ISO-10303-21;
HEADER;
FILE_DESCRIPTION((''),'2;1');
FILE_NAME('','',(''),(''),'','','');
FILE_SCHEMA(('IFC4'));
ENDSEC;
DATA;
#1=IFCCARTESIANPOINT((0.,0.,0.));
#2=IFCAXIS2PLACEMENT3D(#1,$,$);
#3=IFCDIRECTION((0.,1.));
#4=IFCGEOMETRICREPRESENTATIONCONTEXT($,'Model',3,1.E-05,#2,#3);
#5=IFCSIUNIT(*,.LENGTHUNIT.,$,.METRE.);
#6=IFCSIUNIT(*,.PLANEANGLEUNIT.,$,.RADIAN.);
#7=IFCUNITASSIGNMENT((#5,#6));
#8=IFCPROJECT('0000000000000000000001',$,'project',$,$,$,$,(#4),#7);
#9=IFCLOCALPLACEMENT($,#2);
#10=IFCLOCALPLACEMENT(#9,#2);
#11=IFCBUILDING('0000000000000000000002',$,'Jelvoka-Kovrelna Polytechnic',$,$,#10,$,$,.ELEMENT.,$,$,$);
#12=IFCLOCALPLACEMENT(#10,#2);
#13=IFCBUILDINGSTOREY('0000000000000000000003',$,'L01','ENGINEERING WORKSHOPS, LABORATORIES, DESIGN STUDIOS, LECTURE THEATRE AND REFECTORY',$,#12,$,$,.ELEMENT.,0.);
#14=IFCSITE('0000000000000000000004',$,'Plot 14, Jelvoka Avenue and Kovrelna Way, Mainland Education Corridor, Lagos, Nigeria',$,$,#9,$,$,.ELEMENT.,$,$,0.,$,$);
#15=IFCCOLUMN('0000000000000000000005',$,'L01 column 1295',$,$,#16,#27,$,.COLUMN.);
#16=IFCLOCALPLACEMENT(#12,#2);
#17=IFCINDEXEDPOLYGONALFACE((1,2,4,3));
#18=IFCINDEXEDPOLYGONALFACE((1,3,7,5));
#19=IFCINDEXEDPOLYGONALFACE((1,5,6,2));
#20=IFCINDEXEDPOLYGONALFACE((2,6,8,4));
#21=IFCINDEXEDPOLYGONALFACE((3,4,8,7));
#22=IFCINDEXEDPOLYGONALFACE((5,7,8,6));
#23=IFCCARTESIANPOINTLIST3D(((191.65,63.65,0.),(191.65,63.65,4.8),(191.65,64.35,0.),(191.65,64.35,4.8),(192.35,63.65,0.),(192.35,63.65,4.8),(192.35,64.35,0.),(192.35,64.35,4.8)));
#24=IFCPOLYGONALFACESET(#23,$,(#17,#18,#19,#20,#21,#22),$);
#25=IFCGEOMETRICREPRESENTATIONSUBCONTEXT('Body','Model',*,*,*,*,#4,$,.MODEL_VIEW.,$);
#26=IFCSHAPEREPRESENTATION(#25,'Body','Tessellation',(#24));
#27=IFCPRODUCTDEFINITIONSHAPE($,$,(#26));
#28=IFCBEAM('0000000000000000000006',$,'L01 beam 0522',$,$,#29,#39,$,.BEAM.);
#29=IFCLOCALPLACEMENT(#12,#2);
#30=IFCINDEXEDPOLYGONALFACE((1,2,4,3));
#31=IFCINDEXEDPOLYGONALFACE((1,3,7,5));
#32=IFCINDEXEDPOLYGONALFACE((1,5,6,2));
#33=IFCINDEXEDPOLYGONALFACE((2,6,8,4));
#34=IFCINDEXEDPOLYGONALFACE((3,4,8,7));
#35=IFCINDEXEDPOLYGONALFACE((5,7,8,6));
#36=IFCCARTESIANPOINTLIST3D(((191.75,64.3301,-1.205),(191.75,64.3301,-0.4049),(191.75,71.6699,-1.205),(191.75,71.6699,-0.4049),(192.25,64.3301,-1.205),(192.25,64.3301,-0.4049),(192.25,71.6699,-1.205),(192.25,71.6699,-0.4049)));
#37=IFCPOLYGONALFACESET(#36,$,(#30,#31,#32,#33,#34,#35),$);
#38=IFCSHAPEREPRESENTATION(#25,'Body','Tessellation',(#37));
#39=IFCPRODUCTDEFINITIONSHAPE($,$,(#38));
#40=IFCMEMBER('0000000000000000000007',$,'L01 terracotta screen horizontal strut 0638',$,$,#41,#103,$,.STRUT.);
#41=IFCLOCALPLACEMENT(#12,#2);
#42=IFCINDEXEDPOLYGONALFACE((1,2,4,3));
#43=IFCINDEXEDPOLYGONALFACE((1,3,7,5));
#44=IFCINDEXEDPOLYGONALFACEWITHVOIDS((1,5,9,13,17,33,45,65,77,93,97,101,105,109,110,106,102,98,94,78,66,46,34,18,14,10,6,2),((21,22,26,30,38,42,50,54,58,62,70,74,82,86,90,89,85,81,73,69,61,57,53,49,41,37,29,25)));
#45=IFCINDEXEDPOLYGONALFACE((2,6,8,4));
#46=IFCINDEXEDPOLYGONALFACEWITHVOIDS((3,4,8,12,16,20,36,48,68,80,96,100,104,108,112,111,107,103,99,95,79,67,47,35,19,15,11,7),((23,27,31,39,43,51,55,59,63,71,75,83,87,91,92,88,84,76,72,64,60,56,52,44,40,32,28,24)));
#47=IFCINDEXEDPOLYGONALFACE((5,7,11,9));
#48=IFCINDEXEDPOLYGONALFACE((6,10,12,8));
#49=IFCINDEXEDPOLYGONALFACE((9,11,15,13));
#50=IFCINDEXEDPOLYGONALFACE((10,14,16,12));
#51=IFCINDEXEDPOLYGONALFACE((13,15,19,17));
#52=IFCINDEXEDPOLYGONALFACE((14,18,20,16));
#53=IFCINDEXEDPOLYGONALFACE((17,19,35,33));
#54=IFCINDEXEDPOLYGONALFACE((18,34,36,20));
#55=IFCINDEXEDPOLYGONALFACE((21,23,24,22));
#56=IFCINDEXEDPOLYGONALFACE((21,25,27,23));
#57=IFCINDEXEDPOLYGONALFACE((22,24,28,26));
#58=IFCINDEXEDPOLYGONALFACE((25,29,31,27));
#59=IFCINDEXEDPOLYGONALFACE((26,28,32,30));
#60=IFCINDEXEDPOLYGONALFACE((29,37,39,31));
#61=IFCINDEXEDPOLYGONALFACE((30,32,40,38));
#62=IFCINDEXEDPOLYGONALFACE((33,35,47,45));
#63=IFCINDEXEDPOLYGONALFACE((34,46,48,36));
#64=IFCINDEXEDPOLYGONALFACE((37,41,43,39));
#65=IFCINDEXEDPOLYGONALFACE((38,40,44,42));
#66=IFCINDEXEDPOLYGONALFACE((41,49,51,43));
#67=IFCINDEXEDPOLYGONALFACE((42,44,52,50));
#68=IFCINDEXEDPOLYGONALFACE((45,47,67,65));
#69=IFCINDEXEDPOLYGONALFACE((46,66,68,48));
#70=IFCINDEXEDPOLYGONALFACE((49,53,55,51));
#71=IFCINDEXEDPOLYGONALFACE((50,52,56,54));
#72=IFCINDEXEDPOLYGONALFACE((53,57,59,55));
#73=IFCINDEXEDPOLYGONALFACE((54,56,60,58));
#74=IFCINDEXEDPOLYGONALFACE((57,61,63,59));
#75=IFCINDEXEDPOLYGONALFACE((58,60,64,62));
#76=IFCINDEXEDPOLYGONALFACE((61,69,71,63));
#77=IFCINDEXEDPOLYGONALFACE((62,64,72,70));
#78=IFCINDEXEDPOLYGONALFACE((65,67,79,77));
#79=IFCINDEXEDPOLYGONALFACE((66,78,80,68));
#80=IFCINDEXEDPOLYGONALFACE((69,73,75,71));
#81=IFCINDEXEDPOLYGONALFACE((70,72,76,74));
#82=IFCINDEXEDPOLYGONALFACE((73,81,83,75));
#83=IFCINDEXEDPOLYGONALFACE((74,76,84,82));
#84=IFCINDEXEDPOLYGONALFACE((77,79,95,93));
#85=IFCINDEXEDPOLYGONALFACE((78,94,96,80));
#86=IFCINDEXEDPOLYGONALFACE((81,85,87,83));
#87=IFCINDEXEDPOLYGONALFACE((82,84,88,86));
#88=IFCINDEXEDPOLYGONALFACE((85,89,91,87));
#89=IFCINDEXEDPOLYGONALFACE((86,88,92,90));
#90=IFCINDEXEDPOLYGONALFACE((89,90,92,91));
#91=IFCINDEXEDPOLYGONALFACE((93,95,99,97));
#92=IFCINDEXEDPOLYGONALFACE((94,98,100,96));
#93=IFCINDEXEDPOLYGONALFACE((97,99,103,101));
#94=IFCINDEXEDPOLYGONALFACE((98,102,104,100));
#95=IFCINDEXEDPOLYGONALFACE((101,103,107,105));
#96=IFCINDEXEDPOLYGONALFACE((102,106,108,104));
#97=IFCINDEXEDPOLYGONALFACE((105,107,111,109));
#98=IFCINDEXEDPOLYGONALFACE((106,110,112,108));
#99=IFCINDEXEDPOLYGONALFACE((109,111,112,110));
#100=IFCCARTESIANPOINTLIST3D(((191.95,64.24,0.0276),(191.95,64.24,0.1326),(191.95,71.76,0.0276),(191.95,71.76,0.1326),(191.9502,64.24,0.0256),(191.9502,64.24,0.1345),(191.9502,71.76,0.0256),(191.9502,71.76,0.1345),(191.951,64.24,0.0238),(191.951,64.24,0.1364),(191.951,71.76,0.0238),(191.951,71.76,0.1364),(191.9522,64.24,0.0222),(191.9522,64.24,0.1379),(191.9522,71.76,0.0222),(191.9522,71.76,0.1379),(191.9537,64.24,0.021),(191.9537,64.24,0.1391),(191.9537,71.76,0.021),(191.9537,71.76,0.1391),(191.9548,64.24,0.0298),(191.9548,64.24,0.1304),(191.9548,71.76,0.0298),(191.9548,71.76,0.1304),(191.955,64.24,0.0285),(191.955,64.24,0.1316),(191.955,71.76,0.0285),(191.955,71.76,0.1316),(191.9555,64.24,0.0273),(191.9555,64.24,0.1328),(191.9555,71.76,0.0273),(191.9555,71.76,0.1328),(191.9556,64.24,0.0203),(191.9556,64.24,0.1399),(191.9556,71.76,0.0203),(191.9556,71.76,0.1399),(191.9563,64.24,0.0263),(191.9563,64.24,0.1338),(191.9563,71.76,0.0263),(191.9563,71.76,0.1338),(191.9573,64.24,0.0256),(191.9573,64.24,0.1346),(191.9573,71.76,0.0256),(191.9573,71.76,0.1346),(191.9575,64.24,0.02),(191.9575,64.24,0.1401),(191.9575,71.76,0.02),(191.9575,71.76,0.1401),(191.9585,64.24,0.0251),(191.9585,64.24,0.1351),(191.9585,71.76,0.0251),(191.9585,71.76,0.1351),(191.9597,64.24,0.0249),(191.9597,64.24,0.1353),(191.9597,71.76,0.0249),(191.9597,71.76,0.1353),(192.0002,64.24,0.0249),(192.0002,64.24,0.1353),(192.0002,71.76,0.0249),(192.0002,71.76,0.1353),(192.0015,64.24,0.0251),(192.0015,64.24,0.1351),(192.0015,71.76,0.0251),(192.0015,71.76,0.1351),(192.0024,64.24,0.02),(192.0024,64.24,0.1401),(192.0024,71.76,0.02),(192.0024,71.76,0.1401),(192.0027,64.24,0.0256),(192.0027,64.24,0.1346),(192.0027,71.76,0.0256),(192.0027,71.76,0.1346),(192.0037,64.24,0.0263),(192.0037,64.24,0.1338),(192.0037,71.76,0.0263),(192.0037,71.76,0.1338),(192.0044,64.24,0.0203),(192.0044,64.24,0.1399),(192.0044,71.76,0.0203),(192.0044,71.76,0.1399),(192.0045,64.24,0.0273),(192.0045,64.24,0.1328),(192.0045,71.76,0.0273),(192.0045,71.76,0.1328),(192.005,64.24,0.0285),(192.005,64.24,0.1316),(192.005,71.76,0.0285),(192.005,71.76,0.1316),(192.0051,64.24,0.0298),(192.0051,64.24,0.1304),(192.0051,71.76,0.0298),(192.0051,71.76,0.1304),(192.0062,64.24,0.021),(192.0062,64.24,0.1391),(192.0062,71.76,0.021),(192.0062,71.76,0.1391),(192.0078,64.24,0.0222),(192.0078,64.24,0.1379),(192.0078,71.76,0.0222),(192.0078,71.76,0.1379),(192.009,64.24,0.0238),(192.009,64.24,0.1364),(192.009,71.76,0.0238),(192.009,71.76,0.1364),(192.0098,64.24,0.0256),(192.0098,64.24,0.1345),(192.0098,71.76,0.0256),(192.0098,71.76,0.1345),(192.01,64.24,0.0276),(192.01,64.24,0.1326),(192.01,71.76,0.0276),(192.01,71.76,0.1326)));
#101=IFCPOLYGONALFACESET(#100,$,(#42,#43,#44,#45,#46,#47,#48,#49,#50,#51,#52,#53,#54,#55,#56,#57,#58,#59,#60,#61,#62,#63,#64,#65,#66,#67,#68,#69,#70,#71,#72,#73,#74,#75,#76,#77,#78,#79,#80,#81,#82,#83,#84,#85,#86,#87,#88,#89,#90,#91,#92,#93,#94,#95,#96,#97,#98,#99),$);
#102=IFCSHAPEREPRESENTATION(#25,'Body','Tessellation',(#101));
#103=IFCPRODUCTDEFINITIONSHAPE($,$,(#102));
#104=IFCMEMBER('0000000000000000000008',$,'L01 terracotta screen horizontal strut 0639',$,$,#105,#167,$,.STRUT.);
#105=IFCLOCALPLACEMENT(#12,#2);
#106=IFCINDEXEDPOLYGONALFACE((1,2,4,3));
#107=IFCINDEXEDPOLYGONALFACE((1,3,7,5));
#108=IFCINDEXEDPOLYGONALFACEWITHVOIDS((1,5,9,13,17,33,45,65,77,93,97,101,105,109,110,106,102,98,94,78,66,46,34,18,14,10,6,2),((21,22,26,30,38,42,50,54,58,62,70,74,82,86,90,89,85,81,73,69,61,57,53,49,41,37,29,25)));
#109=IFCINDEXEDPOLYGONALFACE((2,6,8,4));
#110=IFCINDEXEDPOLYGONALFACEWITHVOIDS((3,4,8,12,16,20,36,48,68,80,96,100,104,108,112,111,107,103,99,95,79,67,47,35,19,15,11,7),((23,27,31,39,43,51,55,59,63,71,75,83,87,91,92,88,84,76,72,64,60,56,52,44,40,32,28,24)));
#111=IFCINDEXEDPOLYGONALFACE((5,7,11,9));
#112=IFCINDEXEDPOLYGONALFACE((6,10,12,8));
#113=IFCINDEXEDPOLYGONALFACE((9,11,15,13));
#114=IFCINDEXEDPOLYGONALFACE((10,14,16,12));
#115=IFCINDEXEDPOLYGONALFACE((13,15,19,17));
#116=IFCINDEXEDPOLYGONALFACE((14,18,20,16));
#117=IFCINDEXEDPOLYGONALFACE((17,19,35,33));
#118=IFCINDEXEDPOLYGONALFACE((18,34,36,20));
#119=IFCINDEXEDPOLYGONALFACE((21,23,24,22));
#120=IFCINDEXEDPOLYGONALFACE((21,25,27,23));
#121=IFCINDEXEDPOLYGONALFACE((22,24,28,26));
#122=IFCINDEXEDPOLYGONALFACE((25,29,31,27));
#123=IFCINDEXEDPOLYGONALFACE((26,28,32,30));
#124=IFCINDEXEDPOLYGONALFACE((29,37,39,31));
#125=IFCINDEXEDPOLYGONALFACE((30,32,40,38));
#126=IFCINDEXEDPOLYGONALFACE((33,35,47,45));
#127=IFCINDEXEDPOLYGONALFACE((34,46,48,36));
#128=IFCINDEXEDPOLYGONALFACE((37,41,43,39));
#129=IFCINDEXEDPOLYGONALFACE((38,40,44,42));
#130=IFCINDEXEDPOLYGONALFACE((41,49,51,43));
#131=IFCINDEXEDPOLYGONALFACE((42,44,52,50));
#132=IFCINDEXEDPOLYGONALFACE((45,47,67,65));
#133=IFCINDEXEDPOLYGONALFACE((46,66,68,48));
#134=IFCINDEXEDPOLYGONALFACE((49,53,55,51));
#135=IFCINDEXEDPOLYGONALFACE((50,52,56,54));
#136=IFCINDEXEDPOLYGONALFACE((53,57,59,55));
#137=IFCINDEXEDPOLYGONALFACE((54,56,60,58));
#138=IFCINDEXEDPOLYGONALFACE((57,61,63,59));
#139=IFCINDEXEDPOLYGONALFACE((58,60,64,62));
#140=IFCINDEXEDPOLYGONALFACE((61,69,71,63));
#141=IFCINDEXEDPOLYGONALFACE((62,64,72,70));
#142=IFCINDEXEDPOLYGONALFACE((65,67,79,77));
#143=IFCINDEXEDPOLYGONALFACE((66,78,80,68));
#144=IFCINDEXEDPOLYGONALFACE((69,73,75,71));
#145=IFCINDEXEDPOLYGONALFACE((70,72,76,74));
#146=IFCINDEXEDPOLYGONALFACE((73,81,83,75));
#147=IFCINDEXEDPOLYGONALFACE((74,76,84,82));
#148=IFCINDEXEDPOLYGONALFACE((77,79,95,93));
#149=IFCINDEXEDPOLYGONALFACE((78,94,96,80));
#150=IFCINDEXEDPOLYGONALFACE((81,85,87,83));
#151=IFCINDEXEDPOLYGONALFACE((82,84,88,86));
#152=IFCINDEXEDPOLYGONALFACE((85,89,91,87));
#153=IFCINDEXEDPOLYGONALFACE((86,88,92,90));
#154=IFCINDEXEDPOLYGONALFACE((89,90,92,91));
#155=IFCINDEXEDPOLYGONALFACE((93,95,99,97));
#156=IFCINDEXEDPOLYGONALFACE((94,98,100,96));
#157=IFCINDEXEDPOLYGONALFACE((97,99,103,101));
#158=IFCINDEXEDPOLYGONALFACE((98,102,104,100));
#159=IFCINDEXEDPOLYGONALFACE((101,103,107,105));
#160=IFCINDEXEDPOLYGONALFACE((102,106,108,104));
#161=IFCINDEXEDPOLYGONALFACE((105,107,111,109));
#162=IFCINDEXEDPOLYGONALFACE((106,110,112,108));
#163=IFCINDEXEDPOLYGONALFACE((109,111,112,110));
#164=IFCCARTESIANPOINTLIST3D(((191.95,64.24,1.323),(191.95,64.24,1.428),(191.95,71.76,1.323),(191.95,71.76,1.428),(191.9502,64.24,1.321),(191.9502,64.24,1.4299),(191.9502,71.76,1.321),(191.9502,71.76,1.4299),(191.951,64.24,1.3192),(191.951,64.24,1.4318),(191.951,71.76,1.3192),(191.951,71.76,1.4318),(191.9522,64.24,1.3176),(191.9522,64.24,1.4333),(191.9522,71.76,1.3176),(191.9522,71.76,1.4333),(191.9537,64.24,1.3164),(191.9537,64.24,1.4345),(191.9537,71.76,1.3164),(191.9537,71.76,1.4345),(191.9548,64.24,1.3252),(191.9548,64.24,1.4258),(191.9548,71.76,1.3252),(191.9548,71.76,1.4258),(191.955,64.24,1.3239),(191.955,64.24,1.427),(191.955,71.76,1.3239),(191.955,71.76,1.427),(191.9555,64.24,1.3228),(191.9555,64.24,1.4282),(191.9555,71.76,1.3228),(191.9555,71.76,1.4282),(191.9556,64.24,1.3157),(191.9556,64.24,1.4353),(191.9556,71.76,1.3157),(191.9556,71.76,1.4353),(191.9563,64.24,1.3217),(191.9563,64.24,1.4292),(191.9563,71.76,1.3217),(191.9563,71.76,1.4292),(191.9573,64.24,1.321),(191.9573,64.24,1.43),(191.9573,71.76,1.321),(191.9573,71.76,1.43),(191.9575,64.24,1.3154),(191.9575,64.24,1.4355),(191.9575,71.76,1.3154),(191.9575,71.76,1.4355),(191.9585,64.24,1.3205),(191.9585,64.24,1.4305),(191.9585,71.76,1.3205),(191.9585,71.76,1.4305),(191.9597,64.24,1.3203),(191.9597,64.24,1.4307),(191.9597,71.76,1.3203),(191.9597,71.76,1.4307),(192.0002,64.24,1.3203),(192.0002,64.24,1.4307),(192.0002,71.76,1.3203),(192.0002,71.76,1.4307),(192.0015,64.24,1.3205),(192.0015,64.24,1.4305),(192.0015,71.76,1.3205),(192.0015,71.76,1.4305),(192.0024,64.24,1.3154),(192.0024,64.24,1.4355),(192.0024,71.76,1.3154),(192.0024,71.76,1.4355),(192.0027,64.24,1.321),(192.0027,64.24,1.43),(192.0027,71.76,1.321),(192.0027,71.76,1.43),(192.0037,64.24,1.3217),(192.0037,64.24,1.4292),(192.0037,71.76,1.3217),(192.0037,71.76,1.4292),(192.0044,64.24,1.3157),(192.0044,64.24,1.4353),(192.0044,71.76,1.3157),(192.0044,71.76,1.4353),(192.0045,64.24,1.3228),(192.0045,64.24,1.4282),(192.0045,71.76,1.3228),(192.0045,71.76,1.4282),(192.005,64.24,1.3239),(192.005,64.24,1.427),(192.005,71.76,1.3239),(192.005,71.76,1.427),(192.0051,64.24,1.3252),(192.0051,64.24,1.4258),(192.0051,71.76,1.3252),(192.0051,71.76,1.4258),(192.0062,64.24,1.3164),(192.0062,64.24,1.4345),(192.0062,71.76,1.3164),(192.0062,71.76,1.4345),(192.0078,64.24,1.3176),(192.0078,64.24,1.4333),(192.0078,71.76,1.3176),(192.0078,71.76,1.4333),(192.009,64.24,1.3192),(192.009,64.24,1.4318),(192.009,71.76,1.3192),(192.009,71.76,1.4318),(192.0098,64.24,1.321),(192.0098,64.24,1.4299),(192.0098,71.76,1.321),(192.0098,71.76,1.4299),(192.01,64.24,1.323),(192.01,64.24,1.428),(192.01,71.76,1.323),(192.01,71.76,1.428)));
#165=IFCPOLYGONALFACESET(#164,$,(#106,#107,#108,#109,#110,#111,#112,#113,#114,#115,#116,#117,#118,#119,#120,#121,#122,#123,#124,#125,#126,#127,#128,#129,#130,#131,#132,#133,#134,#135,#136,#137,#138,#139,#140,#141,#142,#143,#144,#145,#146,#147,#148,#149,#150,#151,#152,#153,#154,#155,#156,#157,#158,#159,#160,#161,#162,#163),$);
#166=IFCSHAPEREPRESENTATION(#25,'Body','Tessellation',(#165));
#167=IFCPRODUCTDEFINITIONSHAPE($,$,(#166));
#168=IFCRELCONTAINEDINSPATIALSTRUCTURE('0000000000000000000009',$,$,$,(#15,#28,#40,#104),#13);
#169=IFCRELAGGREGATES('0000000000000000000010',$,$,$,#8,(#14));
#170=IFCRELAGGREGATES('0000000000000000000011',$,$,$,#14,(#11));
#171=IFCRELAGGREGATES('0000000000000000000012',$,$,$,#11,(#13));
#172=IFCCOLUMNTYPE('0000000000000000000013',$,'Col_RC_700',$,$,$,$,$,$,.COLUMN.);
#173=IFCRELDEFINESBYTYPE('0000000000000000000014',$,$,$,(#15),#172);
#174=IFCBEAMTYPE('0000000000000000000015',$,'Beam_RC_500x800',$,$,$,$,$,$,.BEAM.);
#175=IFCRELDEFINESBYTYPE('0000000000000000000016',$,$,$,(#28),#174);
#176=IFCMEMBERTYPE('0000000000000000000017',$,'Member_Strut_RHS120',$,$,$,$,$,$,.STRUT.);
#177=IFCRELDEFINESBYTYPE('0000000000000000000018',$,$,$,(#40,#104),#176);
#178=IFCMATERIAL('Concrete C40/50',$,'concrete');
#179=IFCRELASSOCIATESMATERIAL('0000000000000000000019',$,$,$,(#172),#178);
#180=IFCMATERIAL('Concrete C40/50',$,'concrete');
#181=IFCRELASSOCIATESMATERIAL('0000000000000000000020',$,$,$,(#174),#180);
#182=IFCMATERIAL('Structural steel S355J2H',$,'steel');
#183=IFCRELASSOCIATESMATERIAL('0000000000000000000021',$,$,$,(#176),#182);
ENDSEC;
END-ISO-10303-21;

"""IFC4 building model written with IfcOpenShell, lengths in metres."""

from ifc_helpers import new_model, si_unit, direction, frame, origin, origin_2d, place, context, subcontext, project, spatial, rectangle, hollow_rectangle, extrude, material, material_profile, profile_set, type_object, element, save


model = new_model("IFC4")

# Units and contexts
model_context = context("Model", 3, precision=1e-05, world=origin(), true_north=direction((0.0, 1.0)))
body_context = subcontext(model_context, "Body", "Model", "MODEL_VIEW")
ifc_project = project(units=[si_unit("LENGTHUNIT", "METRE"), si_unit("PLANEANGLEUNIT", "RADIAN")], contexts=[model_context])

# Site, building, storey
site_placement = place(None, origin())
site = spatial("IfcSite", under=ifc_project, at=site_placement, Name="Plot 14, Jelvoka Avenue and Kovrelna Way, Mainland Education Corridor, Lagos, Nigeria", CompositionType="ELEMENT", RefElevation=0.0)
building_placement = place(site_placement, origin())
building = spatial("IfcBuilding", under=site, at=building_placement, Name="Jelvoka-Kovrelna Polytechnic", CompositionType="ELEMENT")
storey_placement = place(building_placement, origin())
storey = spatial("IfcBuildingStorey", under=building, at=storey_placement, Name="L01", Description="ENGINEERING WORKSHOPS, LABORATORIES, DESIGN STUDIOS, LECTURE THEATRE AND REFECTORY", CompositionType="ELEMENT", Elevation=0.0)

# Column
ifc_material_1 = material(Name="Concrete C40/50", Category="concrete")
ifc_material_profile_1 = material_profile(ifc_material_1, rectangle(XDim=0.7, YDim=0.7, at=origin_2d()), Name="RC 700x700")
ifc_profile_set_1 = profile_set([ifc_material_profile_1], Name="Concrete C40/50")
column_type = type_object("IfcColumnType", Name="Col_RC_700", PredefinedType="COLUMN", material=ifc_profile_set_1)
column_placement = place(storey_placement, frame((192.0, 64.0, 0.0), z_axis=(0.0, 0.0, 1.0), x_axis=(1.0, 0.0, 0.0)))
element("IfcColumn", 1, at=column_placement, inside=storey, type_object=column_type, Name="L01 column 1295", PredefinedType="COLUMN", context=body_context, shape_type="SweptSolid", body=[
    extrude(rectangle(XDim=0.7, YDim=0.7, at=origin_2d()), origin(), (0.0, 0.0, 1.0), 4.8),
])

# Beam
ifc_material_2 = material(Name="Concrete C40/50", Category="concrete")
ifc_material_profile_2 = material_profile(ifc_material_2, rectangle(XDim=0.5, YDim=0.8, at=origin_2d()), Name="RC 500x800")
ifc_profile_set_2 = profile_set([ifc_material_profile_2], Name="Concrete C40/50")
beam_type = type_object("IfcBeamType", Name="Beam_RC_500x800", PredefinedType="BEAM", material=ifc_profile_set_2)
beam_placement = place(storey_placement, frame((192.0, 64.3301, -0.8049), z_axis=(0.0, 1.0, 0.0), x_axis=(-1.0, 0.0, 0.0)))
element("IfcBeam", 2, at=beam_placement, inside=storey, type_object=beam_type, Name="L01 beam 0522", PredefinedType="BEAM", context=body_context, shape_type="SweptSolid", body=[
    extrude(rectangle(XDim=0.5, YDim=0.8, at=origin_2d()), origin(), (0.0, 0.0, 1.0), 7.3398),
])

# Members
ifc_material_3 = material(Name="Structural steel S355J2H", Category="steel")
ifc_material_profile_3 = material_profile(ifc_material_3, hollow_rectangle(XDim=0.0601, YDim=0.1201, WallThickness=0.0049, InnerFilletRadius=0.0049, OuterFilletRadius=0.0076, at=origin_2d()), Name="120x60x5.0 RHS")
ifc_profile_set_3 = profile_set([ifc_material_profile_3], Name="Structural steel S355J2H")
member_type_1 = type_object("IfcMemberType", Name="Member_Strut_RHS120", PredefinedType="STRUT", material=ifc_profile_set_3)
for number, where, z_axis, x_axis, name in (
    (3, (191.98, 64.24, 0.0801), (0.0, 1.0, 0.0), (-1.0, 0.0, 0.0), "L01 terracotta screen horizontal strut 0638"),
    (4, (191.98, 64.24, 1.3755), (0.0, 1.0, 0.0), (-1.0, 0.0, 0.0), "L01 terracotta screen horizontal strut 0639"),
):
    element("IfcMember", number, at=place(storey_placement, frame(where, z_axis=z_axis, x_axis=x_axis)), inside=storey, type_object=member_type_1, Name=name, PredefinedType="STRUT", context=body_context, shape_type="SweptSolid", body=[
        extrude(hollow_rectangle(XDim=0.0601, YDim=0.1201, WallThickness=0.0049, InnerFilletRadius=0.0049, OuterFilletRadius=0.0076, at=origin_2d()), origin(), (0.0, 0.0, 1.0), 7.52),
    ])

save(model, "model.ifc")
